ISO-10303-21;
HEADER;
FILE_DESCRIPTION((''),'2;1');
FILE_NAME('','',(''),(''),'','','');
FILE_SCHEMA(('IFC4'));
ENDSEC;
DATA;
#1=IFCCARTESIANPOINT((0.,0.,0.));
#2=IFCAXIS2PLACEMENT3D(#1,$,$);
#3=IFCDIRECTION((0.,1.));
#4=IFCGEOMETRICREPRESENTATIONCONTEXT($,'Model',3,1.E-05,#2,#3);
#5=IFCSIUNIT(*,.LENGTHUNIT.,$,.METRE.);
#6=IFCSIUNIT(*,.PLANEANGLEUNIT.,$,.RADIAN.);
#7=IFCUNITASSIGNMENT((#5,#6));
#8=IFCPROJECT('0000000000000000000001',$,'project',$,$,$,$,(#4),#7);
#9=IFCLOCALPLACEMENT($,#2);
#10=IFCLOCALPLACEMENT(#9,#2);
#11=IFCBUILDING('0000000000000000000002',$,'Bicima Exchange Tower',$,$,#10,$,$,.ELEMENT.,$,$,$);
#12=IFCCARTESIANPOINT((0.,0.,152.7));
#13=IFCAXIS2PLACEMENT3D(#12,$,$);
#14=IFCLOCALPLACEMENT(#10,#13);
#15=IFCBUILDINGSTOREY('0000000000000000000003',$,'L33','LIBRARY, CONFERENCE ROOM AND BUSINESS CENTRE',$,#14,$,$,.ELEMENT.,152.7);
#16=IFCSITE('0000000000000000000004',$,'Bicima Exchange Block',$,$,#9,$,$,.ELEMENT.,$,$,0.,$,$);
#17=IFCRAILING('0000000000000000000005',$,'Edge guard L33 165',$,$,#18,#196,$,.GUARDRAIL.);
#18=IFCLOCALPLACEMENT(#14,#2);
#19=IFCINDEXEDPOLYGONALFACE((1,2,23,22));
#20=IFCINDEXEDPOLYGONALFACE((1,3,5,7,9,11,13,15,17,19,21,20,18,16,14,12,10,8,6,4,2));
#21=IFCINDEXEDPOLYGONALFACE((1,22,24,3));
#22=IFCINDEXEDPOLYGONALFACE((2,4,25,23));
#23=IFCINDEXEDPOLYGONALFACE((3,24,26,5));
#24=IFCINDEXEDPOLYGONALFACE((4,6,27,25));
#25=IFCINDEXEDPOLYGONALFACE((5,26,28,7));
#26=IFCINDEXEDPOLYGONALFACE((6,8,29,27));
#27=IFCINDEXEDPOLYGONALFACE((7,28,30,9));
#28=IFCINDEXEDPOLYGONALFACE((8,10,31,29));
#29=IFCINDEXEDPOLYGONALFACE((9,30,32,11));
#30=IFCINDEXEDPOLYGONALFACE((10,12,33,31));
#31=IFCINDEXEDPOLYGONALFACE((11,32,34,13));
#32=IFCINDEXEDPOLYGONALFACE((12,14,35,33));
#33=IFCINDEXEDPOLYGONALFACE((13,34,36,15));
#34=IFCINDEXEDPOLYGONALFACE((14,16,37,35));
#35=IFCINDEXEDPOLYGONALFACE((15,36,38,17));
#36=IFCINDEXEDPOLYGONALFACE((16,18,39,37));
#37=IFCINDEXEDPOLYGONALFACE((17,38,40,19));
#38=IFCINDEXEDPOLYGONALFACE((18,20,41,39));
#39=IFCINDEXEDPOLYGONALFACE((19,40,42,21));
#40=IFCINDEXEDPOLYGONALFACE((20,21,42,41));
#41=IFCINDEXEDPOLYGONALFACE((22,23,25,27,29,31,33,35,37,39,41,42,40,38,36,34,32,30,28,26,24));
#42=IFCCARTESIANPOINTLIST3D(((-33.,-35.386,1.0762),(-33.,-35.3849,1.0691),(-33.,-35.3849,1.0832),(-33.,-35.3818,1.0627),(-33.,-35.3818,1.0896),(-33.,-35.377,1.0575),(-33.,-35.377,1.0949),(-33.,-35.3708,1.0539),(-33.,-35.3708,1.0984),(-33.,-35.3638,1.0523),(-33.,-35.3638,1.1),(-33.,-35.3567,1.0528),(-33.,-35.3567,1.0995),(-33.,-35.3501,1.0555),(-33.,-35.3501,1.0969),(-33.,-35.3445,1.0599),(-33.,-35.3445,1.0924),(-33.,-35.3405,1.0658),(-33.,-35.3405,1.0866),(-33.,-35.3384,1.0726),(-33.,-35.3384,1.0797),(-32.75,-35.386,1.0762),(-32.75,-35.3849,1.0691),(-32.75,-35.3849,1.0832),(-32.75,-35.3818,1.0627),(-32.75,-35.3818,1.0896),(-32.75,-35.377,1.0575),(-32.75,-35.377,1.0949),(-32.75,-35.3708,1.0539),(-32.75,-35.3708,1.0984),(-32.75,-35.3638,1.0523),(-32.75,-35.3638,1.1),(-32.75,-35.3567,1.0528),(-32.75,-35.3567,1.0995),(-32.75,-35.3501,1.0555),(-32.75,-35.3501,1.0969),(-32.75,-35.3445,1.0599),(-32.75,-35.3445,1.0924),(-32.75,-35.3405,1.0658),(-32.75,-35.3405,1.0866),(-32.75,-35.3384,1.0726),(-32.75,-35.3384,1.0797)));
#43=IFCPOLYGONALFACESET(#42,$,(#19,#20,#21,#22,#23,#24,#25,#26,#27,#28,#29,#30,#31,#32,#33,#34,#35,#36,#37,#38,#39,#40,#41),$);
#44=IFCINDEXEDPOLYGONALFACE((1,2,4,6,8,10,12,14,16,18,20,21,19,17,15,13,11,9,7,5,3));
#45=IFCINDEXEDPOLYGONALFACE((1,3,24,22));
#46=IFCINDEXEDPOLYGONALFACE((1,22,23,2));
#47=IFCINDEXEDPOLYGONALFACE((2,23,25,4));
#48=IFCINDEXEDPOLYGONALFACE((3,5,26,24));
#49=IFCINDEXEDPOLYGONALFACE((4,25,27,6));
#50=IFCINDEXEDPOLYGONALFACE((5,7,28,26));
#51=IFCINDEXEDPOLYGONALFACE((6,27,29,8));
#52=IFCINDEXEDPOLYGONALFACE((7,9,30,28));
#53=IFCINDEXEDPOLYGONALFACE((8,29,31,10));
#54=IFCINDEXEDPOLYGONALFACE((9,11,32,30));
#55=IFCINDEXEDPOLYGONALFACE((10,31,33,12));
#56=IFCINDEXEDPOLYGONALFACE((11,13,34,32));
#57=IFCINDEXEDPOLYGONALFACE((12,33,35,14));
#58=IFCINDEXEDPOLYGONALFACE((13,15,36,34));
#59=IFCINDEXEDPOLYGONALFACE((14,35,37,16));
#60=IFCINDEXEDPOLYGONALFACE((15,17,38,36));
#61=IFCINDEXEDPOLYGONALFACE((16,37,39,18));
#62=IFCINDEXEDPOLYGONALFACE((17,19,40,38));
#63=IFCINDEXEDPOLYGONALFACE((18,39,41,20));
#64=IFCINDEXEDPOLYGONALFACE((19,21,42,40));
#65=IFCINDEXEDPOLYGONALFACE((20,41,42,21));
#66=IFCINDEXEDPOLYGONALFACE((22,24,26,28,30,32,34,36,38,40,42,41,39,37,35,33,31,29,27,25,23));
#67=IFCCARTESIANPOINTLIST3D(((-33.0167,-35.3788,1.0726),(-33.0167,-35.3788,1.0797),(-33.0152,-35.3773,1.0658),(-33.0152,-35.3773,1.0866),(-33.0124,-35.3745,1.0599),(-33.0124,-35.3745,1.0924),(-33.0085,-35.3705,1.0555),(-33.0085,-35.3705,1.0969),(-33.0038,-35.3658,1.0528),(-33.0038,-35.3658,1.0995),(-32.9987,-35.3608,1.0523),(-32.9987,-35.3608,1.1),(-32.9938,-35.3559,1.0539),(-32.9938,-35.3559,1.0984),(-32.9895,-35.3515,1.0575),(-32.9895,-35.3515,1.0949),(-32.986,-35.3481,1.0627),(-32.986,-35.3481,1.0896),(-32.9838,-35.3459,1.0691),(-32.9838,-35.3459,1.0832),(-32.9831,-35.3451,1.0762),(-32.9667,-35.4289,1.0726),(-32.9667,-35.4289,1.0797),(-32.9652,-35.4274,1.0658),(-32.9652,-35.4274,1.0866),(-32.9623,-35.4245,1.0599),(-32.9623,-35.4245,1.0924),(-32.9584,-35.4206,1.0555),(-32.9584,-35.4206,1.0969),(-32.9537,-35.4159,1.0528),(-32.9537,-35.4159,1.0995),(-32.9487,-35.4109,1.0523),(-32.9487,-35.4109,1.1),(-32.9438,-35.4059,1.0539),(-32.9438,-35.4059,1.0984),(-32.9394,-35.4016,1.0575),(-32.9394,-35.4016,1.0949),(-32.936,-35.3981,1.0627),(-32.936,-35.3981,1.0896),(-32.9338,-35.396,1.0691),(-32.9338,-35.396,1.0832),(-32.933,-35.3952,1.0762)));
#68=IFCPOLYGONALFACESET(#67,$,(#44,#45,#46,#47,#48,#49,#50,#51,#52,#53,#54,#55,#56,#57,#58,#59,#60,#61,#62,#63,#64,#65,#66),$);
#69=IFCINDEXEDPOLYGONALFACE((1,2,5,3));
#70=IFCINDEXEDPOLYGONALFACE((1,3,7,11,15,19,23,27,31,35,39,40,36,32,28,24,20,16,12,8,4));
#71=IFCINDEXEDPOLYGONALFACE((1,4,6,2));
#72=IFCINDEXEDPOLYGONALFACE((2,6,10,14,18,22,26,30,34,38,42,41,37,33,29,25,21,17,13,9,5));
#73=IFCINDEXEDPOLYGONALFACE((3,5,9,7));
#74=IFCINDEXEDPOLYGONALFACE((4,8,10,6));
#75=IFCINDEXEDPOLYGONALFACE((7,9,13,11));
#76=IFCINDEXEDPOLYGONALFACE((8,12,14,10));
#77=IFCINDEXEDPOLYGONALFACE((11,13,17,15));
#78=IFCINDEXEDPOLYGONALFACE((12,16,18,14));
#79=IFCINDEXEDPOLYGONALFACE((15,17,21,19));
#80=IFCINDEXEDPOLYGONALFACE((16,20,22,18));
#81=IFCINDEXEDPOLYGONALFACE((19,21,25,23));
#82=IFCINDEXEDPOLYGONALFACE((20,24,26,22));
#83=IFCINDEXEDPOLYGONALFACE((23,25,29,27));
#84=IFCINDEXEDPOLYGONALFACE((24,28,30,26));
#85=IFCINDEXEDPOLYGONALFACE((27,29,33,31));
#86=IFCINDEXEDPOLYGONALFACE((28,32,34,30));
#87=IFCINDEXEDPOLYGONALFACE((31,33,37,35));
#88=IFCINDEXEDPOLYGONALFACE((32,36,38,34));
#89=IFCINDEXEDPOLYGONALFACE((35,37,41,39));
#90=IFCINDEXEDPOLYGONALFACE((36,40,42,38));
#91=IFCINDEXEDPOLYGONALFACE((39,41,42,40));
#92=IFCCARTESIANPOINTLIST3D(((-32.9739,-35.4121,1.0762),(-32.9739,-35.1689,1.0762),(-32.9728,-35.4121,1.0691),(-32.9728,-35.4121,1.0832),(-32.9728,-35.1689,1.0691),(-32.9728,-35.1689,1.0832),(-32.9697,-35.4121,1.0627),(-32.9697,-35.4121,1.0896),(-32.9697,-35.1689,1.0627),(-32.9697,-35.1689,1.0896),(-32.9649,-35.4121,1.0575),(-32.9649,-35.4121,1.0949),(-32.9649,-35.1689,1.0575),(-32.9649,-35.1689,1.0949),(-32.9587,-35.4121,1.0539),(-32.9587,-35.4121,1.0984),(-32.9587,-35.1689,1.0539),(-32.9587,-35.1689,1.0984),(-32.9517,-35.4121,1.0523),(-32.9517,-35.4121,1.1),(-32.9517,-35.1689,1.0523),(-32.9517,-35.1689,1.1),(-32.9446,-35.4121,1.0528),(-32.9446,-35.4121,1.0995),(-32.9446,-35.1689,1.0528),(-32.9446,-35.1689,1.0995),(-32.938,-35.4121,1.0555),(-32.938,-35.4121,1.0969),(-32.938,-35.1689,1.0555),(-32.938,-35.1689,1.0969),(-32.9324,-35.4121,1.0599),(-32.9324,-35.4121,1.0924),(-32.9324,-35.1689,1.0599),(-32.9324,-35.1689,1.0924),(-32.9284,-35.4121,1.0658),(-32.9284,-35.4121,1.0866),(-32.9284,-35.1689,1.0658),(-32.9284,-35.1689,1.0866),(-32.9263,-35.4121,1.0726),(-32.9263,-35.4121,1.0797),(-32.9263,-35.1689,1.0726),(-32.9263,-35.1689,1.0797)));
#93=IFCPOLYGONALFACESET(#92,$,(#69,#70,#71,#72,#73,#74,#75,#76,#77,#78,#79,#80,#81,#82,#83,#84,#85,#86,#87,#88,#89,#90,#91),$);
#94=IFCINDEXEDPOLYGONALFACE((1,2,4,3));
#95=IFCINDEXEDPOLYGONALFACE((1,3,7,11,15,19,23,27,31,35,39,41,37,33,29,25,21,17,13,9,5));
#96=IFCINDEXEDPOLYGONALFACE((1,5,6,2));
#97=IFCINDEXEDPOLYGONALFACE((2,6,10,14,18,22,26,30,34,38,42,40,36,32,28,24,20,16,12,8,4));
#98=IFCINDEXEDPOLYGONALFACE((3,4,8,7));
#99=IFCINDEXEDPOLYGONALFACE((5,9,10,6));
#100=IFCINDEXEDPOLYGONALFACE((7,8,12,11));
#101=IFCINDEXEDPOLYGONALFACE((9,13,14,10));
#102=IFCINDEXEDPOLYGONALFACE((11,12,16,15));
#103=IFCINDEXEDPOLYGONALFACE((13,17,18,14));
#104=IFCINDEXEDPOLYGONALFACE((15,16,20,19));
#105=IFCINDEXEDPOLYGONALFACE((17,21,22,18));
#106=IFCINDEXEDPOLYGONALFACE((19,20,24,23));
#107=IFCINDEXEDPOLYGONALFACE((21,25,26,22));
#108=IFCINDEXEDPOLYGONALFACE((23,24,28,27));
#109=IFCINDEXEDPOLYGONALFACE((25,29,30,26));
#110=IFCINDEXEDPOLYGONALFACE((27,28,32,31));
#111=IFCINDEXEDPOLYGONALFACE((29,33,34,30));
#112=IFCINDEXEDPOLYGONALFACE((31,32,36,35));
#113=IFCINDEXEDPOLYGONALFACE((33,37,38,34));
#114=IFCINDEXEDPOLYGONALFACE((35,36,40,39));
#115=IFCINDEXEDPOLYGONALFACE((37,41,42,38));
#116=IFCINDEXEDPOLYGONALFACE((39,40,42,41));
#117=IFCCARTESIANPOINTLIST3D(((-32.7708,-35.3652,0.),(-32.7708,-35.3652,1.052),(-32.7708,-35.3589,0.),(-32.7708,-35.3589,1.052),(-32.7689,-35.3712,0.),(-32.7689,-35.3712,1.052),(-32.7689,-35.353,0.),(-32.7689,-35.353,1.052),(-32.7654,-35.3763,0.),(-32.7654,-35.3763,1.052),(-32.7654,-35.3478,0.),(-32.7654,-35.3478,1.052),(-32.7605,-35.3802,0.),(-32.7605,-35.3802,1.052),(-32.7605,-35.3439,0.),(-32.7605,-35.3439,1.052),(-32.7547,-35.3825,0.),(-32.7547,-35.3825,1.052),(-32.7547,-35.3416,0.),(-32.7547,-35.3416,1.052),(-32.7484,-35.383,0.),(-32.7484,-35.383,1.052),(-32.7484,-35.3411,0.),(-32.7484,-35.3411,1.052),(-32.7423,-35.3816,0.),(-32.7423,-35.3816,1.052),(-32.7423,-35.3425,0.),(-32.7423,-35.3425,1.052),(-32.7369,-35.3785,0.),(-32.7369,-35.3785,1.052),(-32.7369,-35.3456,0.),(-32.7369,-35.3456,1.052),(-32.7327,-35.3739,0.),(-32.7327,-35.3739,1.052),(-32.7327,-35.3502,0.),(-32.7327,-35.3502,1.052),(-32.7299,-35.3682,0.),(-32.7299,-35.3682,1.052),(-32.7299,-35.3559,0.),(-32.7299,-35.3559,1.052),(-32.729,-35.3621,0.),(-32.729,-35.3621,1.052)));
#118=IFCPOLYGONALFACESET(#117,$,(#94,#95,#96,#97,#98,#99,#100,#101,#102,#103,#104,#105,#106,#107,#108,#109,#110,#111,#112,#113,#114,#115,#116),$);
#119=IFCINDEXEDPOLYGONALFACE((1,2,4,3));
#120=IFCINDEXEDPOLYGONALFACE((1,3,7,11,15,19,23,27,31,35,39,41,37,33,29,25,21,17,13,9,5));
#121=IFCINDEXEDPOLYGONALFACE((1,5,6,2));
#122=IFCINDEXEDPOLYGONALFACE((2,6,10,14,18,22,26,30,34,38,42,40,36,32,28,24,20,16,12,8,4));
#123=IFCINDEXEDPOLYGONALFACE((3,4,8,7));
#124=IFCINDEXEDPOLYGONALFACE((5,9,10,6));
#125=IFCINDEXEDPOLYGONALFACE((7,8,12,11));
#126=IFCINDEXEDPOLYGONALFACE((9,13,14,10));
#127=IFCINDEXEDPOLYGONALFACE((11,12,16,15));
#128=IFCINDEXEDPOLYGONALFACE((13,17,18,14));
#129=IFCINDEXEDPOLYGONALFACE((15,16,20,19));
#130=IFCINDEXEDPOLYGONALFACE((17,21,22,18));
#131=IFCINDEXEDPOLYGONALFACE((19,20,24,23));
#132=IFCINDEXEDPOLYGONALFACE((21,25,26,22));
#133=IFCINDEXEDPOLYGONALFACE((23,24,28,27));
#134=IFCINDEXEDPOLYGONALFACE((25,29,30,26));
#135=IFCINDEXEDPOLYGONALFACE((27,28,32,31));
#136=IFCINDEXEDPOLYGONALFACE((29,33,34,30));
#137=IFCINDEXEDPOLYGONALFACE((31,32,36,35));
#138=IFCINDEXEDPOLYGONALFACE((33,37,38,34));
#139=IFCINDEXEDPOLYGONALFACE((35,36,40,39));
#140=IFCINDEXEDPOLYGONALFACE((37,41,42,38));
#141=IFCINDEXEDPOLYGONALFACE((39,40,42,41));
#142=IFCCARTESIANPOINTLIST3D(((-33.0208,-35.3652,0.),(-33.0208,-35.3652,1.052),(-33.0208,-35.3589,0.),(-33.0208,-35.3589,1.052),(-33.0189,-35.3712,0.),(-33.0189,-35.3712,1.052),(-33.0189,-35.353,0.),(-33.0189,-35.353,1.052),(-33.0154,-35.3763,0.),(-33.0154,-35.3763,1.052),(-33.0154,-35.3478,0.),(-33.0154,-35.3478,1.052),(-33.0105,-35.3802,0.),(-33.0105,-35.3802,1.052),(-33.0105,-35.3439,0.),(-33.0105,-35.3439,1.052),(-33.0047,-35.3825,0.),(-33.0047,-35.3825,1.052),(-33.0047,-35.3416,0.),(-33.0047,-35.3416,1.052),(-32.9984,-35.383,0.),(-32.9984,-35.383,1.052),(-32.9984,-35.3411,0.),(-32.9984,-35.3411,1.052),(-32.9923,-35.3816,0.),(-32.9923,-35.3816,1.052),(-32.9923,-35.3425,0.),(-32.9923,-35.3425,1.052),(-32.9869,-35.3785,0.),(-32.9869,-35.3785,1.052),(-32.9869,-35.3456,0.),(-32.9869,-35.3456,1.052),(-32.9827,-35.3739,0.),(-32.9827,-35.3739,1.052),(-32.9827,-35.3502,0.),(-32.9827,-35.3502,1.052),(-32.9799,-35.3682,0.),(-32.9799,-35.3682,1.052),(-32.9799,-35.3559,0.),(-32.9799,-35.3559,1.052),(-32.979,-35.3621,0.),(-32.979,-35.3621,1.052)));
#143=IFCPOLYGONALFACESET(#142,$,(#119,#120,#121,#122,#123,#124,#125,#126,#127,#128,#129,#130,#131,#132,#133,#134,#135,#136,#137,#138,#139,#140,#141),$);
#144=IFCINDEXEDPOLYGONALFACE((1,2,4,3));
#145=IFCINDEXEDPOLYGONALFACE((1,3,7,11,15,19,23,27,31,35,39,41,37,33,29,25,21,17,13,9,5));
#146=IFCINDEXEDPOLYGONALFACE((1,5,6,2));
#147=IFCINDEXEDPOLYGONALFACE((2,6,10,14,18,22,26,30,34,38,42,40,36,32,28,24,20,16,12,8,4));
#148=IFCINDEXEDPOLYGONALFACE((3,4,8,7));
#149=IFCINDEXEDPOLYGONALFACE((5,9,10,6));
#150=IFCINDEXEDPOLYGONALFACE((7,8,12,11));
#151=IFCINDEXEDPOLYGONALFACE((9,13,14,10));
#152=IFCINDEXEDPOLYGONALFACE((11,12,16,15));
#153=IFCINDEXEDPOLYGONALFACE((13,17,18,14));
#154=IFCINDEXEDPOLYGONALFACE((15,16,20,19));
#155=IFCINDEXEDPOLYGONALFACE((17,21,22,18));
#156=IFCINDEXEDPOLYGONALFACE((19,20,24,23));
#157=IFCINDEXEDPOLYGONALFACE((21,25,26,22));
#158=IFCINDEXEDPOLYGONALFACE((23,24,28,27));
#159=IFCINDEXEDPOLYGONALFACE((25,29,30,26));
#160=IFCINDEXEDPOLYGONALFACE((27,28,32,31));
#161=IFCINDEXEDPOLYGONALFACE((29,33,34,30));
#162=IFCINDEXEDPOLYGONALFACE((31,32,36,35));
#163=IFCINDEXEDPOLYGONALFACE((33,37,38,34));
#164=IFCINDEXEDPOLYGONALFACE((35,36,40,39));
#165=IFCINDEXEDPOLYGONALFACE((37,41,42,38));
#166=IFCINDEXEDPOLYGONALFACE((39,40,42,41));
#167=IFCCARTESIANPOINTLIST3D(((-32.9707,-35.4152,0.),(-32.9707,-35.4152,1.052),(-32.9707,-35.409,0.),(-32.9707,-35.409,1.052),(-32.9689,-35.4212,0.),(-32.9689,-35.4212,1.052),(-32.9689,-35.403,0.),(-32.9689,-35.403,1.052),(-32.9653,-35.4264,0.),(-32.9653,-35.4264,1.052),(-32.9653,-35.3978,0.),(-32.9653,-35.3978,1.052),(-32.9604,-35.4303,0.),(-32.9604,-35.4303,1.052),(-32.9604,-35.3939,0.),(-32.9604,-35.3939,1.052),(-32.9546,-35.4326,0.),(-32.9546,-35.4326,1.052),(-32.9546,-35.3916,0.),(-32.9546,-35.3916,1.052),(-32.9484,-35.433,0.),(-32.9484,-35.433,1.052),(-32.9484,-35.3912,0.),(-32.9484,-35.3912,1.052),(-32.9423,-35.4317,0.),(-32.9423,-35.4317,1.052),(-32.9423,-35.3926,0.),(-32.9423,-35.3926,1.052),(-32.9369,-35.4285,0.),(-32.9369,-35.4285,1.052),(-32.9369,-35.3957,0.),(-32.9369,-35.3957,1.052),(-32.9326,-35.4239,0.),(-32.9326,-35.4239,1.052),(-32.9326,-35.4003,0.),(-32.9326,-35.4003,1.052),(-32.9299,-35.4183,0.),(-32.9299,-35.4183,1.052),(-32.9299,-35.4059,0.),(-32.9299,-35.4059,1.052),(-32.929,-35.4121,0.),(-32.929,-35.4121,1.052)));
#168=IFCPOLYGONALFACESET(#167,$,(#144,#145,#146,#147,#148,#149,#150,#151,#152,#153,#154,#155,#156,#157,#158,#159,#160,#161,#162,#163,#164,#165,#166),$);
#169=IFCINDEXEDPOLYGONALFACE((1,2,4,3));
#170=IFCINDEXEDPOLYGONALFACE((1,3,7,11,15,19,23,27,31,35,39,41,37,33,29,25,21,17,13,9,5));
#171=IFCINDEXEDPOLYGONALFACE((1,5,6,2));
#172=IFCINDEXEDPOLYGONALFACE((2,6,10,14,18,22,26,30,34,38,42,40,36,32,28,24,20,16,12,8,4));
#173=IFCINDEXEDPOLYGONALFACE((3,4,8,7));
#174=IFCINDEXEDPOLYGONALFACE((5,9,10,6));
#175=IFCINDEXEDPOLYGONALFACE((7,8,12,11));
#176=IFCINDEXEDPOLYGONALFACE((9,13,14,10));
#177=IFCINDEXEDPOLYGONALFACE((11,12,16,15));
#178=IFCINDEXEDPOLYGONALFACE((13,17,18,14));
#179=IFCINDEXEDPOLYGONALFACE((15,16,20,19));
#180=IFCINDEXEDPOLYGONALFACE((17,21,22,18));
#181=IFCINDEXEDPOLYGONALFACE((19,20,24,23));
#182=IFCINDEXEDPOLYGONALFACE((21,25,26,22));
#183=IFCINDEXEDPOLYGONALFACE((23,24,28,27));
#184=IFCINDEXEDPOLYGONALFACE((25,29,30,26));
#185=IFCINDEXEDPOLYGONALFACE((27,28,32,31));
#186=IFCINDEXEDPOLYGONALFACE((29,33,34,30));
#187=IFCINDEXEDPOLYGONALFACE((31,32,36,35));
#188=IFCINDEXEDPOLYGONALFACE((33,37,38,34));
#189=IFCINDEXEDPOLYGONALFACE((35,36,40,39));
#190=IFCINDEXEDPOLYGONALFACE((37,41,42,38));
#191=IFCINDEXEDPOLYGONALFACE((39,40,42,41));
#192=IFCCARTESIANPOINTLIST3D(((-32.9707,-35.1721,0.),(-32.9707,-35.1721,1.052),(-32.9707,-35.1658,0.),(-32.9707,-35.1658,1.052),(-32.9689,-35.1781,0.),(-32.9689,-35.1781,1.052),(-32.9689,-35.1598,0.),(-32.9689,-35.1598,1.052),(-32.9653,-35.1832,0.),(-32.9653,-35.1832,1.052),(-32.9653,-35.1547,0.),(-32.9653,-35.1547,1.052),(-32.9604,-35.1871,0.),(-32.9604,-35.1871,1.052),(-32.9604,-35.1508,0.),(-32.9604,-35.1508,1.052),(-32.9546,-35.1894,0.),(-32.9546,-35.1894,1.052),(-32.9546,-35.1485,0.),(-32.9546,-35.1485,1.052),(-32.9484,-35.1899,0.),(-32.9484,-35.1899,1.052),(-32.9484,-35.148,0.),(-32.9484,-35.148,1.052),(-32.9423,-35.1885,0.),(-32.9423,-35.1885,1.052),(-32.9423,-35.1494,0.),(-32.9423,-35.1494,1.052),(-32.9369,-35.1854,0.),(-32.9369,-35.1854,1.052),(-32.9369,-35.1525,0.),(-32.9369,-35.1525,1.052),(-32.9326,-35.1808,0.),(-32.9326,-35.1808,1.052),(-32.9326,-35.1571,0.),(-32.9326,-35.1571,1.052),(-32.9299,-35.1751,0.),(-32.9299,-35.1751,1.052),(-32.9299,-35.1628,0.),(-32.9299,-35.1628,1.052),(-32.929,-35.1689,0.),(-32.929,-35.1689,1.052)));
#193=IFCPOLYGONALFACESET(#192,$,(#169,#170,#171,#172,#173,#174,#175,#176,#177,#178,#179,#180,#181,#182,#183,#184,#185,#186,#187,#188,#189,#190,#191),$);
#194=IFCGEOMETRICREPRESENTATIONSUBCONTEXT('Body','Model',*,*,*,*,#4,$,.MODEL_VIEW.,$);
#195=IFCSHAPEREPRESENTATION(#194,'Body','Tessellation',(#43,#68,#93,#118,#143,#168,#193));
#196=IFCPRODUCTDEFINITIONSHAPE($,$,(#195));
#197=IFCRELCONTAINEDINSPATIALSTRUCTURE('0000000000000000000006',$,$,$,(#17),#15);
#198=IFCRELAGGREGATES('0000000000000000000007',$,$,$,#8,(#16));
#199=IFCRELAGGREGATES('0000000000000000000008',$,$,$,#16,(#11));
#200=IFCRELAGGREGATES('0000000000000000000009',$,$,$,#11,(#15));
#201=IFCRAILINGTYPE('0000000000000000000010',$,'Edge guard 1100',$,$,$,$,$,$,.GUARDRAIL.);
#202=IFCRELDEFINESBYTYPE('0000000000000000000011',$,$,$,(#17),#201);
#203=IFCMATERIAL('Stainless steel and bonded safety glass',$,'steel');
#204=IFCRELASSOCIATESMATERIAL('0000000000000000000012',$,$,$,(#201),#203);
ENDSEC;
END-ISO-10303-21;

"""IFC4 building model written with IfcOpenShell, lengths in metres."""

from ifc_helpers import new_model, si_unit, direction, frame, origin, origin_2d, place, context, subcontext, project, spatial, circle, extrude, material, type_object, element, save


model = new_model("IFC4")

# Units and contexts
model_context = context("Model", 3, precision=1e-05, world=origin(), true_north=direction((0.0, 1.0)))
body_context = subcontext(model_context, "Body", "Model", "MODEL_VIEW")
ifc_project = project(units=[si_unit("LENGTHUNIT", "METRE"), si_unit("PLANEANGLEUNIT", "RADIAN")], contexts=[model_context])

# Site, building, storey
site_placement = place(None, origin())
site = spatial("IfcSite", under=ifc_project, at=site_placement, Name="Bicima Exchange Block", CompositionType="ELEMENT", RefElevation=0.0)
building_placement = place(site_placement, origin())
building = spatial("IfcBuilding", under=site, at=building_placement, Name="Bicima Exchange Tower", CompositionType="ELEMENT")
storey_placement = place(building_placement, frame((0.0, 0.0, 152.7)))
storey = spatial("IfcBuildingStorey", under=building, at=storey_placement, Name="L33", Description="LIBRARY, CONFERENCE ROOM AND BUSINESS CENTRE", CompositionType="ELEMENT", Elevation=152.7)

# Railing
ifc_material_1 = material(Name="Stainless steel and bonded safety glass", Category="steel")
railing_type = type_object("IfcRailingType", Name="Edge guard 1100", PredefinedType="GUARDRAIL", material=ifc_material_1)
railing_1_placement = place(storey_placement, frame((-32.75, -35.3621, 0.0)))
element("IfcRailing", 1, at=railing_1_placement, inside=storey, type_object=railing_type, Name="Edge guard L33 165", PredefinedType="GUARDRAIL", context=body_context, shape_type="SweptSolid", body=[
    extrude(circle(Radius=0.0239, at=origin_2d()), frame((0.0, 0.0, 1.0762), z_axis=(-1.0, 0.0, 0.0), x_axis=(0.0, -1.0, 0.0)), (0.0, 0.0, 1.0), 0.25),
    extrude(circle(Radius=0.0239, at=origin_2d()), frame((-0.25, 0.0, 1.0762), z_axis=(0.707107, -0.707107, 0.0), x_axis=(0.707107, 0.707107, 0.0)), (0.0, 0.0, 1.0), 0.0708),
    extrude(circle(Radius=0.0239, at=origin_2d()), frame((-0.2, -0.05, 1.0762), z_axis=(0.0, 1.0, 0.0), x_axis=(-1.0, 0.0, 0.0)), (0.0, 0.0, 1.0), 0.2432),
    extrude(circle(Radius=0.021, at=origin_2d()), origin(), (0.0, 0.0, 1.0), 1.052),
    extrude(circle(Radius=0.021, at=origin_2d()), frame((-0.25, 0.0, 0.0)), (0.0, 0.0, 1.0), 1.052),
    extrude(circle(Radius=0.021, at=origin_2d()), frame((-0.2, -0.05, 0.0)), (0.0, 0.0, 1.0), 1.052),
    extrude(circle(Radius=0.021, at=origin_2d()), frame((-0.2, 0.1931, 0.0)), (0.0, 0.0, 1.0), 1.052),
])

save(model, "model.ifc")
